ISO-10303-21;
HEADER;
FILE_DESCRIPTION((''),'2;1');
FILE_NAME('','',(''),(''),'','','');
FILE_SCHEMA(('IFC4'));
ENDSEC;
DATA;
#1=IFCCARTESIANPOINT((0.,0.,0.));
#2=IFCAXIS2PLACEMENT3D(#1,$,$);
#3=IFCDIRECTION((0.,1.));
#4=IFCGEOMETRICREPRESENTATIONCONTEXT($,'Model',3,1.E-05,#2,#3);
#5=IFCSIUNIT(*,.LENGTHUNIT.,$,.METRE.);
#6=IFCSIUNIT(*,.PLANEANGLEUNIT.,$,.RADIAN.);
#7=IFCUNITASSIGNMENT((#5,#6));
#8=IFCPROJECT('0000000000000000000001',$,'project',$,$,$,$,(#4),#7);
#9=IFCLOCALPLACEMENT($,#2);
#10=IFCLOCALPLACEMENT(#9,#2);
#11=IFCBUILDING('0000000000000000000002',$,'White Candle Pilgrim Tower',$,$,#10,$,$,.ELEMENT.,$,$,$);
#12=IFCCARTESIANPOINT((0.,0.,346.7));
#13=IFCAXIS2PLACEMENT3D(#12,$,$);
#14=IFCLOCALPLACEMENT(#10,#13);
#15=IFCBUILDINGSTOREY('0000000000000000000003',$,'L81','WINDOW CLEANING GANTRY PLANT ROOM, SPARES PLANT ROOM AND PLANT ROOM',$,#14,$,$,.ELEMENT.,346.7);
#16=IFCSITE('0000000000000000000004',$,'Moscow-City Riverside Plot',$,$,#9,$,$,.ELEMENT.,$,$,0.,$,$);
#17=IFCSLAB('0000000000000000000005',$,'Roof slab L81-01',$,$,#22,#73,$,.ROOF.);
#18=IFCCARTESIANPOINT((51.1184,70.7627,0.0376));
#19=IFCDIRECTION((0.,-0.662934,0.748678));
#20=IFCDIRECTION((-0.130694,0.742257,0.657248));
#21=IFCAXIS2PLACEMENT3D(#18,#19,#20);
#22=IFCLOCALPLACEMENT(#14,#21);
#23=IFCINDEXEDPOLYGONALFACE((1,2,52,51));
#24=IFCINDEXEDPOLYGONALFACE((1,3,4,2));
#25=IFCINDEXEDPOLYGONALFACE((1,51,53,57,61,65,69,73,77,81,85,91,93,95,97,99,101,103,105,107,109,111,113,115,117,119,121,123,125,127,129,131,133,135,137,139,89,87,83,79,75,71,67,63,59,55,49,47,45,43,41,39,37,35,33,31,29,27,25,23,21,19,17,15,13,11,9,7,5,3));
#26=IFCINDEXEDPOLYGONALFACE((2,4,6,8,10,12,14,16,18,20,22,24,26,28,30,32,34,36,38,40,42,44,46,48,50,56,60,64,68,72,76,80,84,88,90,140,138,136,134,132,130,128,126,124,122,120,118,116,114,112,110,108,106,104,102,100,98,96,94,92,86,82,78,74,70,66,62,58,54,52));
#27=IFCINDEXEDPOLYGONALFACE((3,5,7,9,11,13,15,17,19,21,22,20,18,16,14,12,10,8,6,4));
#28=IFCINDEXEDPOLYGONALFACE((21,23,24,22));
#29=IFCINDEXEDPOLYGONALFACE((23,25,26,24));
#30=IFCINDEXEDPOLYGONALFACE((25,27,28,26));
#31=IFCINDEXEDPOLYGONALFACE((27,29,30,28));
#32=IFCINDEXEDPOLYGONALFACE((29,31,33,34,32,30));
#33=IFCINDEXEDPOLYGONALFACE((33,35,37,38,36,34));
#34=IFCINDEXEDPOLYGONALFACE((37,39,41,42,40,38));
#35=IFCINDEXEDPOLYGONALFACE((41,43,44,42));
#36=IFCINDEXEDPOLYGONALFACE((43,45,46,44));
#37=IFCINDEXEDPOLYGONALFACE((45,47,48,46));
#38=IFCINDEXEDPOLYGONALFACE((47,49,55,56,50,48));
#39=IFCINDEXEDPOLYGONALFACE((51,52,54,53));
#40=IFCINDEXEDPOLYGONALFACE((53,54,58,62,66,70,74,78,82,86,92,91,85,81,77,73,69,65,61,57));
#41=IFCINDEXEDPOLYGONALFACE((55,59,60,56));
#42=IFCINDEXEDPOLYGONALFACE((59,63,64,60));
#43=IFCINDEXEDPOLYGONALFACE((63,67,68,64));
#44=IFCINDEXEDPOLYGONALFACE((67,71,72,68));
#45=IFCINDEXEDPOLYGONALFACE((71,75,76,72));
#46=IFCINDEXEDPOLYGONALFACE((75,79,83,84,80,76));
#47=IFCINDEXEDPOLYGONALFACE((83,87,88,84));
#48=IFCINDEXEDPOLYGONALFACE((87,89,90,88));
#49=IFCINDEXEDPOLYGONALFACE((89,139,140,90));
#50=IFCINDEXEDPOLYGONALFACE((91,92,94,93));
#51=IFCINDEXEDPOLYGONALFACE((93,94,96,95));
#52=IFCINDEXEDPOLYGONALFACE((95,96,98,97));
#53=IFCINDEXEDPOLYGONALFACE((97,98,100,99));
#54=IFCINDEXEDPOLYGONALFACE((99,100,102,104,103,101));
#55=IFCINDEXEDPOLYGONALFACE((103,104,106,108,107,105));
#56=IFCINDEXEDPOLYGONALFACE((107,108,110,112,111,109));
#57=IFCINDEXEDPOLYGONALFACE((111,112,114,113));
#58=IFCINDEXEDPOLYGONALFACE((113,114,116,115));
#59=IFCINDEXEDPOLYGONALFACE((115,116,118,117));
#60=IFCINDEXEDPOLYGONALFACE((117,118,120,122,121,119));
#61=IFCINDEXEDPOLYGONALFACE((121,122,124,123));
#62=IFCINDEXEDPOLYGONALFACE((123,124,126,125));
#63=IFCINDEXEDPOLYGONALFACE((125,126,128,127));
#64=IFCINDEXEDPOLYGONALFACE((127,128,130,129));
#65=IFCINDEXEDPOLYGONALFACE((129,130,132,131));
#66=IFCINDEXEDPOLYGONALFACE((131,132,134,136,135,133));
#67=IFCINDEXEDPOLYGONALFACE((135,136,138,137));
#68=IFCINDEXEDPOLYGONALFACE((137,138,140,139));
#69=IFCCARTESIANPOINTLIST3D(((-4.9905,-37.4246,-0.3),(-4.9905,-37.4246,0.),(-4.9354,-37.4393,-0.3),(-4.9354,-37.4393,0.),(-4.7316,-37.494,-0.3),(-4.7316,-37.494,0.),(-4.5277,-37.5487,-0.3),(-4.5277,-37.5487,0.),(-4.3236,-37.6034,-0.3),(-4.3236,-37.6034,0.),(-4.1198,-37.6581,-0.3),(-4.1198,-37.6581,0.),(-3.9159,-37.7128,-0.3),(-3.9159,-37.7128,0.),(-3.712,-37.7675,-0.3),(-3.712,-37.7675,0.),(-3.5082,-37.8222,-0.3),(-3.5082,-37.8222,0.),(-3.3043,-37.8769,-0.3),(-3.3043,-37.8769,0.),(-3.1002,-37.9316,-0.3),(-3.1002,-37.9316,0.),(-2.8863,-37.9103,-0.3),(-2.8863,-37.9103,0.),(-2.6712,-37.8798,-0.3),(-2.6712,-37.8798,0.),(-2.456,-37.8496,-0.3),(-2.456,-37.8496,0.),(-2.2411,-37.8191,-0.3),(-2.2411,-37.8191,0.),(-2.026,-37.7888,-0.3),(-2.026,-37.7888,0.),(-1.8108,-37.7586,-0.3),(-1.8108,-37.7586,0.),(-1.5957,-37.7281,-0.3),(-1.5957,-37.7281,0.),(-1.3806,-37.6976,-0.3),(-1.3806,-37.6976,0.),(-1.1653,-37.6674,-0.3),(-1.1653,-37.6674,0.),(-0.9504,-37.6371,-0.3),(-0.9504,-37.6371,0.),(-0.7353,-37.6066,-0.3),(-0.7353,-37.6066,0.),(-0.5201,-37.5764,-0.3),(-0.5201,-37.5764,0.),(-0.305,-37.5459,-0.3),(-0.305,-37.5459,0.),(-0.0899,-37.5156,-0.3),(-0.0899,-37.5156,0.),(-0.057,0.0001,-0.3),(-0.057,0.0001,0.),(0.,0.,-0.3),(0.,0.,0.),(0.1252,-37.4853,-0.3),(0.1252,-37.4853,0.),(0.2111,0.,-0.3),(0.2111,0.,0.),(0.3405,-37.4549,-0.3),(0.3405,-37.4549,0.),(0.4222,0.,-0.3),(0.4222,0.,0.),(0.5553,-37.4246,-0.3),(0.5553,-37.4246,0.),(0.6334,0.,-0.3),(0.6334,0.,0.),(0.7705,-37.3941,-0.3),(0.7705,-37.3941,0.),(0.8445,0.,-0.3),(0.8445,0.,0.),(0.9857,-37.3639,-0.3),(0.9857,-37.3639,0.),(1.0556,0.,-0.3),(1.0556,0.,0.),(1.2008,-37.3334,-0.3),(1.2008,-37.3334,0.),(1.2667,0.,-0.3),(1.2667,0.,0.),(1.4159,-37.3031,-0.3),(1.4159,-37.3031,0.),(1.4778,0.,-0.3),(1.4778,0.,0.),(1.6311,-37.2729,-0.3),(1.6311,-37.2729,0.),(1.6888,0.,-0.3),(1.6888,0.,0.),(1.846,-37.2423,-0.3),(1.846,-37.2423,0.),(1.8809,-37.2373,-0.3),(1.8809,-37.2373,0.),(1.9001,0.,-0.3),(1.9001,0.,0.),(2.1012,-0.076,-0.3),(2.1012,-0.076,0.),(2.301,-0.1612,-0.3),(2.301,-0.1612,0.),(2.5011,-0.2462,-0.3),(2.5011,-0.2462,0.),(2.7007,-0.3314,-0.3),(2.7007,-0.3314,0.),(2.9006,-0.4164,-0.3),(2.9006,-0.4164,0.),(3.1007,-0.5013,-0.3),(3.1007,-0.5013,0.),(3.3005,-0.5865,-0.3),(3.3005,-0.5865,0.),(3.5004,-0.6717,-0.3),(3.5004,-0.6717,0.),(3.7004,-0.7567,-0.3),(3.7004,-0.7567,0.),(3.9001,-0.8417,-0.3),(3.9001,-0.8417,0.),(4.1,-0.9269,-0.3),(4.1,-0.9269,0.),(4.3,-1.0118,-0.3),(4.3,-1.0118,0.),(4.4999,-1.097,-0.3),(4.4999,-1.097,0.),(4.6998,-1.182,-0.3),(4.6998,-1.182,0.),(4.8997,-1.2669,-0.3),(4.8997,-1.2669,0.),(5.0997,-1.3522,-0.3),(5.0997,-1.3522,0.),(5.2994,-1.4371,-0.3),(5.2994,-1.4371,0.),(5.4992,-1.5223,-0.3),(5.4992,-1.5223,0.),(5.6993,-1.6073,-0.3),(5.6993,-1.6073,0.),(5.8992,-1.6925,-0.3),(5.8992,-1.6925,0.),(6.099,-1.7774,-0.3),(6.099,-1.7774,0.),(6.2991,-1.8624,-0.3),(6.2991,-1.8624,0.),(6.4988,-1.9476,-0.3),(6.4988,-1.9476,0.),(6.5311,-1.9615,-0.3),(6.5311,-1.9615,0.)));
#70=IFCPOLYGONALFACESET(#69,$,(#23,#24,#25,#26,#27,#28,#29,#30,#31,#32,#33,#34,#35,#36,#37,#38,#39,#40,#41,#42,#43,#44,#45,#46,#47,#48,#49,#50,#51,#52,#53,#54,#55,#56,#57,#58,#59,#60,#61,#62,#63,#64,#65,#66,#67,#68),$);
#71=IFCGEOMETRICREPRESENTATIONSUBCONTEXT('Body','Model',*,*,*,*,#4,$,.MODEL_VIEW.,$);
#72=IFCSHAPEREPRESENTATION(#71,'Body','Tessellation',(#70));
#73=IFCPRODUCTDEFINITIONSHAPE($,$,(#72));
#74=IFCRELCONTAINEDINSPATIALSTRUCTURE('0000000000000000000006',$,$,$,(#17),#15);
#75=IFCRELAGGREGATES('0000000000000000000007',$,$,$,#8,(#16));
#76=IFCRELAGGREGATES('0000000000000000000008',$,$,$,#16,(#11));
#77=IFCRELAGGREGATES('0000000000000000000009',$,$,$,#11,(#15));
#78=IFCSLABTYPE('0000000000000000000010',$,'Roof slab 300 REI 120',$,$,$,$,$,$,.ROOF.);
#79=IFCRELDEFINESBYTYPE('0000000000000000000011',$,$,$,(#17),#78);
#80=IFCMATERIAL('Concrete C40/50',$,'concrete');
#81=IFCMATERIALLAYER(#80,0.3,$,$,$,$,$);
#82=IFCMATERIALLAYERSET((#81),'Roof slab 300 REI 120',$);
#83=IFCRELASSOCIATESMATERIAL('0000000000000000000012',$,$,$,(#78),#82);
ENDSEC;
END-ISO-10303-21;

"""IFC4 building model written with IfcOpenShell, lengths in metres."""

from ifc_helpers import new_model, si_unit, direction, frame, origin, place, context, subcontext, project, spatial, polyline, outline, extrude, material, layer, layer_set, type_object, element, save


model = new_model("IFC4")

# Units and contexts
model_context = context("Model", 3, precision=1e-05, world=origin(), true_north=direction((0.0, 1.0)))
body_context = subcontext(model_context, "Body", "Model", "MODEL_VIEW")
ifc_project = project(units=[si_unit("LENGTHUNIT", "METRE"), si_unit("PLANEANGLEUNIT", "RADIAN")], contexts=[model_context])

# Site, building, storey
site_placement = place(None, origin())
site = spatial("IfcSite", under=ifc_project, at=site_placement, Name="Moscow-City Riverside Plot", CompositionType="ELEMENT", RefElevation=0.0)
building_placement = place(site_placement, origin())
building = spatial("IfcBuilding", under=site, at=building_placement, Name="White Candle Pilgrim Tower", CompositionType="ELEMENT")
storey_placement = place(building_placement, frame((0.0, 0.0, 346.7)))
storey = spatial("IfcBuildingStorey", under=building, at=storey_placement, Name="L81", Description="WINDOW CLEANING GANTRY PLANT ROOM, SPARES PLANT ROOM AND PLANT ROOM", CompositionType="ELEMENT", Elevation=346.7)

# Slab
ifc_material_1 = material(Name="Concrete C40/50", Category="concrete")
ifc_layer_1 = layer(ifc_material_1, 0.3)
ifc_layer_set_1 = layer_set([ifc_layer_1], Name="Roof slab 300 REI 120")
slab_type_1 = type_object("IfcSlabType", Name="Roof slab 300 REI 120", PredefinedType="ROOF", material=ifc_layer_set_1)
slab_1_placement = place(storey_placement, frame((51.1184, 70.7627, 0.0376), z_axis=(0.0, -0.662934, 0.748678), x_axis=(-0.130694, 0.742257, 0.657248)))
element("IfcSlab", 1, at=slab_1_placement, inside=storey, type_object=slab_type_1, Name="Roof slab L81-01", PredefinedType="ROOF", context=body_context, shape_type="SweptSolid", body=[
    extrude(outline(polyline([(0.0, 0.0), (0.2111, 0.0), (0.4222, 0.0), (0.6334, 0.0), (0.8445, 0.0), (1.0556, 0.0), (1.2667, 0.0), (1.4778, 0.0), (1.6888, 0.0), (1.9001, 0.0), (2.1012, -0.076), (2.301, -0.1612), (2.5011, -0.2462), (2.7007, -0.3314), (2.9006, -0.4164), (3.1007, -0.5013), (3.3005, -0.5865), (3.5004, -0.6717), (3.7004, -0.7567), (3.9001, -0.8417), (4.1, -0.9269), (4.3, -1.0118), (4.4999, -1.097), (4.6998, -1.182), (4.8997, -1.2669), (5.0997, -1.3522), (5.2994, -1.4371), (5.4992, -1.5223), (5.6993, -1.6073), (5.8992, -1.6925), (6.099, -1.7774), (6.2991, -1.8624), (6.4988, -1.9476), (6.5311, -1.9615), (1.8809, -37.2373), (1.846, -37.2423), (1.6311, -37.2729), (1.4159, -37.3031), (1.2008, -37.3334), (0.9857, -37.3639), (0.7705, -37.3941), (0.5553, -37.4246), (0.3405, -37.4549), (0.1252, -37.4853), (-0.0899, -37.5156), (-0.305, -37.5459), (-0.5201, -37.5764), (-0.7353, -37.6066), (-0.9504, -37.6371), (-1.1653, -37.6674), (-1.3806, -37.6976), (-1.5957, -37.7281), (-1.8108, -37.7586), (-2.026, -37.7888), (-2.2411, -37.8191), (-2.456, -37.8496), (-2.6712, -37.8798), (-2.8863, -37.9103), (-3.1002, -37.9316), (-3.3043, -37.8769), (-3.5082, -37.8222), (-3.712, -37.7675), (-3.9159, -37.7128), (-4.1198, -37.6581), (-4.3236, -37.6034), (-4.5277, -37.5487), (-4.7316, -37.494), (-4.9354, -37.4393), (-4.9905, -37.4246), (-0.057, 0.0001), (0.0, 0.0)])), origin(), (0.0, 0.0, -1.0), 0.3),
])

save(model, "model.ifc")
